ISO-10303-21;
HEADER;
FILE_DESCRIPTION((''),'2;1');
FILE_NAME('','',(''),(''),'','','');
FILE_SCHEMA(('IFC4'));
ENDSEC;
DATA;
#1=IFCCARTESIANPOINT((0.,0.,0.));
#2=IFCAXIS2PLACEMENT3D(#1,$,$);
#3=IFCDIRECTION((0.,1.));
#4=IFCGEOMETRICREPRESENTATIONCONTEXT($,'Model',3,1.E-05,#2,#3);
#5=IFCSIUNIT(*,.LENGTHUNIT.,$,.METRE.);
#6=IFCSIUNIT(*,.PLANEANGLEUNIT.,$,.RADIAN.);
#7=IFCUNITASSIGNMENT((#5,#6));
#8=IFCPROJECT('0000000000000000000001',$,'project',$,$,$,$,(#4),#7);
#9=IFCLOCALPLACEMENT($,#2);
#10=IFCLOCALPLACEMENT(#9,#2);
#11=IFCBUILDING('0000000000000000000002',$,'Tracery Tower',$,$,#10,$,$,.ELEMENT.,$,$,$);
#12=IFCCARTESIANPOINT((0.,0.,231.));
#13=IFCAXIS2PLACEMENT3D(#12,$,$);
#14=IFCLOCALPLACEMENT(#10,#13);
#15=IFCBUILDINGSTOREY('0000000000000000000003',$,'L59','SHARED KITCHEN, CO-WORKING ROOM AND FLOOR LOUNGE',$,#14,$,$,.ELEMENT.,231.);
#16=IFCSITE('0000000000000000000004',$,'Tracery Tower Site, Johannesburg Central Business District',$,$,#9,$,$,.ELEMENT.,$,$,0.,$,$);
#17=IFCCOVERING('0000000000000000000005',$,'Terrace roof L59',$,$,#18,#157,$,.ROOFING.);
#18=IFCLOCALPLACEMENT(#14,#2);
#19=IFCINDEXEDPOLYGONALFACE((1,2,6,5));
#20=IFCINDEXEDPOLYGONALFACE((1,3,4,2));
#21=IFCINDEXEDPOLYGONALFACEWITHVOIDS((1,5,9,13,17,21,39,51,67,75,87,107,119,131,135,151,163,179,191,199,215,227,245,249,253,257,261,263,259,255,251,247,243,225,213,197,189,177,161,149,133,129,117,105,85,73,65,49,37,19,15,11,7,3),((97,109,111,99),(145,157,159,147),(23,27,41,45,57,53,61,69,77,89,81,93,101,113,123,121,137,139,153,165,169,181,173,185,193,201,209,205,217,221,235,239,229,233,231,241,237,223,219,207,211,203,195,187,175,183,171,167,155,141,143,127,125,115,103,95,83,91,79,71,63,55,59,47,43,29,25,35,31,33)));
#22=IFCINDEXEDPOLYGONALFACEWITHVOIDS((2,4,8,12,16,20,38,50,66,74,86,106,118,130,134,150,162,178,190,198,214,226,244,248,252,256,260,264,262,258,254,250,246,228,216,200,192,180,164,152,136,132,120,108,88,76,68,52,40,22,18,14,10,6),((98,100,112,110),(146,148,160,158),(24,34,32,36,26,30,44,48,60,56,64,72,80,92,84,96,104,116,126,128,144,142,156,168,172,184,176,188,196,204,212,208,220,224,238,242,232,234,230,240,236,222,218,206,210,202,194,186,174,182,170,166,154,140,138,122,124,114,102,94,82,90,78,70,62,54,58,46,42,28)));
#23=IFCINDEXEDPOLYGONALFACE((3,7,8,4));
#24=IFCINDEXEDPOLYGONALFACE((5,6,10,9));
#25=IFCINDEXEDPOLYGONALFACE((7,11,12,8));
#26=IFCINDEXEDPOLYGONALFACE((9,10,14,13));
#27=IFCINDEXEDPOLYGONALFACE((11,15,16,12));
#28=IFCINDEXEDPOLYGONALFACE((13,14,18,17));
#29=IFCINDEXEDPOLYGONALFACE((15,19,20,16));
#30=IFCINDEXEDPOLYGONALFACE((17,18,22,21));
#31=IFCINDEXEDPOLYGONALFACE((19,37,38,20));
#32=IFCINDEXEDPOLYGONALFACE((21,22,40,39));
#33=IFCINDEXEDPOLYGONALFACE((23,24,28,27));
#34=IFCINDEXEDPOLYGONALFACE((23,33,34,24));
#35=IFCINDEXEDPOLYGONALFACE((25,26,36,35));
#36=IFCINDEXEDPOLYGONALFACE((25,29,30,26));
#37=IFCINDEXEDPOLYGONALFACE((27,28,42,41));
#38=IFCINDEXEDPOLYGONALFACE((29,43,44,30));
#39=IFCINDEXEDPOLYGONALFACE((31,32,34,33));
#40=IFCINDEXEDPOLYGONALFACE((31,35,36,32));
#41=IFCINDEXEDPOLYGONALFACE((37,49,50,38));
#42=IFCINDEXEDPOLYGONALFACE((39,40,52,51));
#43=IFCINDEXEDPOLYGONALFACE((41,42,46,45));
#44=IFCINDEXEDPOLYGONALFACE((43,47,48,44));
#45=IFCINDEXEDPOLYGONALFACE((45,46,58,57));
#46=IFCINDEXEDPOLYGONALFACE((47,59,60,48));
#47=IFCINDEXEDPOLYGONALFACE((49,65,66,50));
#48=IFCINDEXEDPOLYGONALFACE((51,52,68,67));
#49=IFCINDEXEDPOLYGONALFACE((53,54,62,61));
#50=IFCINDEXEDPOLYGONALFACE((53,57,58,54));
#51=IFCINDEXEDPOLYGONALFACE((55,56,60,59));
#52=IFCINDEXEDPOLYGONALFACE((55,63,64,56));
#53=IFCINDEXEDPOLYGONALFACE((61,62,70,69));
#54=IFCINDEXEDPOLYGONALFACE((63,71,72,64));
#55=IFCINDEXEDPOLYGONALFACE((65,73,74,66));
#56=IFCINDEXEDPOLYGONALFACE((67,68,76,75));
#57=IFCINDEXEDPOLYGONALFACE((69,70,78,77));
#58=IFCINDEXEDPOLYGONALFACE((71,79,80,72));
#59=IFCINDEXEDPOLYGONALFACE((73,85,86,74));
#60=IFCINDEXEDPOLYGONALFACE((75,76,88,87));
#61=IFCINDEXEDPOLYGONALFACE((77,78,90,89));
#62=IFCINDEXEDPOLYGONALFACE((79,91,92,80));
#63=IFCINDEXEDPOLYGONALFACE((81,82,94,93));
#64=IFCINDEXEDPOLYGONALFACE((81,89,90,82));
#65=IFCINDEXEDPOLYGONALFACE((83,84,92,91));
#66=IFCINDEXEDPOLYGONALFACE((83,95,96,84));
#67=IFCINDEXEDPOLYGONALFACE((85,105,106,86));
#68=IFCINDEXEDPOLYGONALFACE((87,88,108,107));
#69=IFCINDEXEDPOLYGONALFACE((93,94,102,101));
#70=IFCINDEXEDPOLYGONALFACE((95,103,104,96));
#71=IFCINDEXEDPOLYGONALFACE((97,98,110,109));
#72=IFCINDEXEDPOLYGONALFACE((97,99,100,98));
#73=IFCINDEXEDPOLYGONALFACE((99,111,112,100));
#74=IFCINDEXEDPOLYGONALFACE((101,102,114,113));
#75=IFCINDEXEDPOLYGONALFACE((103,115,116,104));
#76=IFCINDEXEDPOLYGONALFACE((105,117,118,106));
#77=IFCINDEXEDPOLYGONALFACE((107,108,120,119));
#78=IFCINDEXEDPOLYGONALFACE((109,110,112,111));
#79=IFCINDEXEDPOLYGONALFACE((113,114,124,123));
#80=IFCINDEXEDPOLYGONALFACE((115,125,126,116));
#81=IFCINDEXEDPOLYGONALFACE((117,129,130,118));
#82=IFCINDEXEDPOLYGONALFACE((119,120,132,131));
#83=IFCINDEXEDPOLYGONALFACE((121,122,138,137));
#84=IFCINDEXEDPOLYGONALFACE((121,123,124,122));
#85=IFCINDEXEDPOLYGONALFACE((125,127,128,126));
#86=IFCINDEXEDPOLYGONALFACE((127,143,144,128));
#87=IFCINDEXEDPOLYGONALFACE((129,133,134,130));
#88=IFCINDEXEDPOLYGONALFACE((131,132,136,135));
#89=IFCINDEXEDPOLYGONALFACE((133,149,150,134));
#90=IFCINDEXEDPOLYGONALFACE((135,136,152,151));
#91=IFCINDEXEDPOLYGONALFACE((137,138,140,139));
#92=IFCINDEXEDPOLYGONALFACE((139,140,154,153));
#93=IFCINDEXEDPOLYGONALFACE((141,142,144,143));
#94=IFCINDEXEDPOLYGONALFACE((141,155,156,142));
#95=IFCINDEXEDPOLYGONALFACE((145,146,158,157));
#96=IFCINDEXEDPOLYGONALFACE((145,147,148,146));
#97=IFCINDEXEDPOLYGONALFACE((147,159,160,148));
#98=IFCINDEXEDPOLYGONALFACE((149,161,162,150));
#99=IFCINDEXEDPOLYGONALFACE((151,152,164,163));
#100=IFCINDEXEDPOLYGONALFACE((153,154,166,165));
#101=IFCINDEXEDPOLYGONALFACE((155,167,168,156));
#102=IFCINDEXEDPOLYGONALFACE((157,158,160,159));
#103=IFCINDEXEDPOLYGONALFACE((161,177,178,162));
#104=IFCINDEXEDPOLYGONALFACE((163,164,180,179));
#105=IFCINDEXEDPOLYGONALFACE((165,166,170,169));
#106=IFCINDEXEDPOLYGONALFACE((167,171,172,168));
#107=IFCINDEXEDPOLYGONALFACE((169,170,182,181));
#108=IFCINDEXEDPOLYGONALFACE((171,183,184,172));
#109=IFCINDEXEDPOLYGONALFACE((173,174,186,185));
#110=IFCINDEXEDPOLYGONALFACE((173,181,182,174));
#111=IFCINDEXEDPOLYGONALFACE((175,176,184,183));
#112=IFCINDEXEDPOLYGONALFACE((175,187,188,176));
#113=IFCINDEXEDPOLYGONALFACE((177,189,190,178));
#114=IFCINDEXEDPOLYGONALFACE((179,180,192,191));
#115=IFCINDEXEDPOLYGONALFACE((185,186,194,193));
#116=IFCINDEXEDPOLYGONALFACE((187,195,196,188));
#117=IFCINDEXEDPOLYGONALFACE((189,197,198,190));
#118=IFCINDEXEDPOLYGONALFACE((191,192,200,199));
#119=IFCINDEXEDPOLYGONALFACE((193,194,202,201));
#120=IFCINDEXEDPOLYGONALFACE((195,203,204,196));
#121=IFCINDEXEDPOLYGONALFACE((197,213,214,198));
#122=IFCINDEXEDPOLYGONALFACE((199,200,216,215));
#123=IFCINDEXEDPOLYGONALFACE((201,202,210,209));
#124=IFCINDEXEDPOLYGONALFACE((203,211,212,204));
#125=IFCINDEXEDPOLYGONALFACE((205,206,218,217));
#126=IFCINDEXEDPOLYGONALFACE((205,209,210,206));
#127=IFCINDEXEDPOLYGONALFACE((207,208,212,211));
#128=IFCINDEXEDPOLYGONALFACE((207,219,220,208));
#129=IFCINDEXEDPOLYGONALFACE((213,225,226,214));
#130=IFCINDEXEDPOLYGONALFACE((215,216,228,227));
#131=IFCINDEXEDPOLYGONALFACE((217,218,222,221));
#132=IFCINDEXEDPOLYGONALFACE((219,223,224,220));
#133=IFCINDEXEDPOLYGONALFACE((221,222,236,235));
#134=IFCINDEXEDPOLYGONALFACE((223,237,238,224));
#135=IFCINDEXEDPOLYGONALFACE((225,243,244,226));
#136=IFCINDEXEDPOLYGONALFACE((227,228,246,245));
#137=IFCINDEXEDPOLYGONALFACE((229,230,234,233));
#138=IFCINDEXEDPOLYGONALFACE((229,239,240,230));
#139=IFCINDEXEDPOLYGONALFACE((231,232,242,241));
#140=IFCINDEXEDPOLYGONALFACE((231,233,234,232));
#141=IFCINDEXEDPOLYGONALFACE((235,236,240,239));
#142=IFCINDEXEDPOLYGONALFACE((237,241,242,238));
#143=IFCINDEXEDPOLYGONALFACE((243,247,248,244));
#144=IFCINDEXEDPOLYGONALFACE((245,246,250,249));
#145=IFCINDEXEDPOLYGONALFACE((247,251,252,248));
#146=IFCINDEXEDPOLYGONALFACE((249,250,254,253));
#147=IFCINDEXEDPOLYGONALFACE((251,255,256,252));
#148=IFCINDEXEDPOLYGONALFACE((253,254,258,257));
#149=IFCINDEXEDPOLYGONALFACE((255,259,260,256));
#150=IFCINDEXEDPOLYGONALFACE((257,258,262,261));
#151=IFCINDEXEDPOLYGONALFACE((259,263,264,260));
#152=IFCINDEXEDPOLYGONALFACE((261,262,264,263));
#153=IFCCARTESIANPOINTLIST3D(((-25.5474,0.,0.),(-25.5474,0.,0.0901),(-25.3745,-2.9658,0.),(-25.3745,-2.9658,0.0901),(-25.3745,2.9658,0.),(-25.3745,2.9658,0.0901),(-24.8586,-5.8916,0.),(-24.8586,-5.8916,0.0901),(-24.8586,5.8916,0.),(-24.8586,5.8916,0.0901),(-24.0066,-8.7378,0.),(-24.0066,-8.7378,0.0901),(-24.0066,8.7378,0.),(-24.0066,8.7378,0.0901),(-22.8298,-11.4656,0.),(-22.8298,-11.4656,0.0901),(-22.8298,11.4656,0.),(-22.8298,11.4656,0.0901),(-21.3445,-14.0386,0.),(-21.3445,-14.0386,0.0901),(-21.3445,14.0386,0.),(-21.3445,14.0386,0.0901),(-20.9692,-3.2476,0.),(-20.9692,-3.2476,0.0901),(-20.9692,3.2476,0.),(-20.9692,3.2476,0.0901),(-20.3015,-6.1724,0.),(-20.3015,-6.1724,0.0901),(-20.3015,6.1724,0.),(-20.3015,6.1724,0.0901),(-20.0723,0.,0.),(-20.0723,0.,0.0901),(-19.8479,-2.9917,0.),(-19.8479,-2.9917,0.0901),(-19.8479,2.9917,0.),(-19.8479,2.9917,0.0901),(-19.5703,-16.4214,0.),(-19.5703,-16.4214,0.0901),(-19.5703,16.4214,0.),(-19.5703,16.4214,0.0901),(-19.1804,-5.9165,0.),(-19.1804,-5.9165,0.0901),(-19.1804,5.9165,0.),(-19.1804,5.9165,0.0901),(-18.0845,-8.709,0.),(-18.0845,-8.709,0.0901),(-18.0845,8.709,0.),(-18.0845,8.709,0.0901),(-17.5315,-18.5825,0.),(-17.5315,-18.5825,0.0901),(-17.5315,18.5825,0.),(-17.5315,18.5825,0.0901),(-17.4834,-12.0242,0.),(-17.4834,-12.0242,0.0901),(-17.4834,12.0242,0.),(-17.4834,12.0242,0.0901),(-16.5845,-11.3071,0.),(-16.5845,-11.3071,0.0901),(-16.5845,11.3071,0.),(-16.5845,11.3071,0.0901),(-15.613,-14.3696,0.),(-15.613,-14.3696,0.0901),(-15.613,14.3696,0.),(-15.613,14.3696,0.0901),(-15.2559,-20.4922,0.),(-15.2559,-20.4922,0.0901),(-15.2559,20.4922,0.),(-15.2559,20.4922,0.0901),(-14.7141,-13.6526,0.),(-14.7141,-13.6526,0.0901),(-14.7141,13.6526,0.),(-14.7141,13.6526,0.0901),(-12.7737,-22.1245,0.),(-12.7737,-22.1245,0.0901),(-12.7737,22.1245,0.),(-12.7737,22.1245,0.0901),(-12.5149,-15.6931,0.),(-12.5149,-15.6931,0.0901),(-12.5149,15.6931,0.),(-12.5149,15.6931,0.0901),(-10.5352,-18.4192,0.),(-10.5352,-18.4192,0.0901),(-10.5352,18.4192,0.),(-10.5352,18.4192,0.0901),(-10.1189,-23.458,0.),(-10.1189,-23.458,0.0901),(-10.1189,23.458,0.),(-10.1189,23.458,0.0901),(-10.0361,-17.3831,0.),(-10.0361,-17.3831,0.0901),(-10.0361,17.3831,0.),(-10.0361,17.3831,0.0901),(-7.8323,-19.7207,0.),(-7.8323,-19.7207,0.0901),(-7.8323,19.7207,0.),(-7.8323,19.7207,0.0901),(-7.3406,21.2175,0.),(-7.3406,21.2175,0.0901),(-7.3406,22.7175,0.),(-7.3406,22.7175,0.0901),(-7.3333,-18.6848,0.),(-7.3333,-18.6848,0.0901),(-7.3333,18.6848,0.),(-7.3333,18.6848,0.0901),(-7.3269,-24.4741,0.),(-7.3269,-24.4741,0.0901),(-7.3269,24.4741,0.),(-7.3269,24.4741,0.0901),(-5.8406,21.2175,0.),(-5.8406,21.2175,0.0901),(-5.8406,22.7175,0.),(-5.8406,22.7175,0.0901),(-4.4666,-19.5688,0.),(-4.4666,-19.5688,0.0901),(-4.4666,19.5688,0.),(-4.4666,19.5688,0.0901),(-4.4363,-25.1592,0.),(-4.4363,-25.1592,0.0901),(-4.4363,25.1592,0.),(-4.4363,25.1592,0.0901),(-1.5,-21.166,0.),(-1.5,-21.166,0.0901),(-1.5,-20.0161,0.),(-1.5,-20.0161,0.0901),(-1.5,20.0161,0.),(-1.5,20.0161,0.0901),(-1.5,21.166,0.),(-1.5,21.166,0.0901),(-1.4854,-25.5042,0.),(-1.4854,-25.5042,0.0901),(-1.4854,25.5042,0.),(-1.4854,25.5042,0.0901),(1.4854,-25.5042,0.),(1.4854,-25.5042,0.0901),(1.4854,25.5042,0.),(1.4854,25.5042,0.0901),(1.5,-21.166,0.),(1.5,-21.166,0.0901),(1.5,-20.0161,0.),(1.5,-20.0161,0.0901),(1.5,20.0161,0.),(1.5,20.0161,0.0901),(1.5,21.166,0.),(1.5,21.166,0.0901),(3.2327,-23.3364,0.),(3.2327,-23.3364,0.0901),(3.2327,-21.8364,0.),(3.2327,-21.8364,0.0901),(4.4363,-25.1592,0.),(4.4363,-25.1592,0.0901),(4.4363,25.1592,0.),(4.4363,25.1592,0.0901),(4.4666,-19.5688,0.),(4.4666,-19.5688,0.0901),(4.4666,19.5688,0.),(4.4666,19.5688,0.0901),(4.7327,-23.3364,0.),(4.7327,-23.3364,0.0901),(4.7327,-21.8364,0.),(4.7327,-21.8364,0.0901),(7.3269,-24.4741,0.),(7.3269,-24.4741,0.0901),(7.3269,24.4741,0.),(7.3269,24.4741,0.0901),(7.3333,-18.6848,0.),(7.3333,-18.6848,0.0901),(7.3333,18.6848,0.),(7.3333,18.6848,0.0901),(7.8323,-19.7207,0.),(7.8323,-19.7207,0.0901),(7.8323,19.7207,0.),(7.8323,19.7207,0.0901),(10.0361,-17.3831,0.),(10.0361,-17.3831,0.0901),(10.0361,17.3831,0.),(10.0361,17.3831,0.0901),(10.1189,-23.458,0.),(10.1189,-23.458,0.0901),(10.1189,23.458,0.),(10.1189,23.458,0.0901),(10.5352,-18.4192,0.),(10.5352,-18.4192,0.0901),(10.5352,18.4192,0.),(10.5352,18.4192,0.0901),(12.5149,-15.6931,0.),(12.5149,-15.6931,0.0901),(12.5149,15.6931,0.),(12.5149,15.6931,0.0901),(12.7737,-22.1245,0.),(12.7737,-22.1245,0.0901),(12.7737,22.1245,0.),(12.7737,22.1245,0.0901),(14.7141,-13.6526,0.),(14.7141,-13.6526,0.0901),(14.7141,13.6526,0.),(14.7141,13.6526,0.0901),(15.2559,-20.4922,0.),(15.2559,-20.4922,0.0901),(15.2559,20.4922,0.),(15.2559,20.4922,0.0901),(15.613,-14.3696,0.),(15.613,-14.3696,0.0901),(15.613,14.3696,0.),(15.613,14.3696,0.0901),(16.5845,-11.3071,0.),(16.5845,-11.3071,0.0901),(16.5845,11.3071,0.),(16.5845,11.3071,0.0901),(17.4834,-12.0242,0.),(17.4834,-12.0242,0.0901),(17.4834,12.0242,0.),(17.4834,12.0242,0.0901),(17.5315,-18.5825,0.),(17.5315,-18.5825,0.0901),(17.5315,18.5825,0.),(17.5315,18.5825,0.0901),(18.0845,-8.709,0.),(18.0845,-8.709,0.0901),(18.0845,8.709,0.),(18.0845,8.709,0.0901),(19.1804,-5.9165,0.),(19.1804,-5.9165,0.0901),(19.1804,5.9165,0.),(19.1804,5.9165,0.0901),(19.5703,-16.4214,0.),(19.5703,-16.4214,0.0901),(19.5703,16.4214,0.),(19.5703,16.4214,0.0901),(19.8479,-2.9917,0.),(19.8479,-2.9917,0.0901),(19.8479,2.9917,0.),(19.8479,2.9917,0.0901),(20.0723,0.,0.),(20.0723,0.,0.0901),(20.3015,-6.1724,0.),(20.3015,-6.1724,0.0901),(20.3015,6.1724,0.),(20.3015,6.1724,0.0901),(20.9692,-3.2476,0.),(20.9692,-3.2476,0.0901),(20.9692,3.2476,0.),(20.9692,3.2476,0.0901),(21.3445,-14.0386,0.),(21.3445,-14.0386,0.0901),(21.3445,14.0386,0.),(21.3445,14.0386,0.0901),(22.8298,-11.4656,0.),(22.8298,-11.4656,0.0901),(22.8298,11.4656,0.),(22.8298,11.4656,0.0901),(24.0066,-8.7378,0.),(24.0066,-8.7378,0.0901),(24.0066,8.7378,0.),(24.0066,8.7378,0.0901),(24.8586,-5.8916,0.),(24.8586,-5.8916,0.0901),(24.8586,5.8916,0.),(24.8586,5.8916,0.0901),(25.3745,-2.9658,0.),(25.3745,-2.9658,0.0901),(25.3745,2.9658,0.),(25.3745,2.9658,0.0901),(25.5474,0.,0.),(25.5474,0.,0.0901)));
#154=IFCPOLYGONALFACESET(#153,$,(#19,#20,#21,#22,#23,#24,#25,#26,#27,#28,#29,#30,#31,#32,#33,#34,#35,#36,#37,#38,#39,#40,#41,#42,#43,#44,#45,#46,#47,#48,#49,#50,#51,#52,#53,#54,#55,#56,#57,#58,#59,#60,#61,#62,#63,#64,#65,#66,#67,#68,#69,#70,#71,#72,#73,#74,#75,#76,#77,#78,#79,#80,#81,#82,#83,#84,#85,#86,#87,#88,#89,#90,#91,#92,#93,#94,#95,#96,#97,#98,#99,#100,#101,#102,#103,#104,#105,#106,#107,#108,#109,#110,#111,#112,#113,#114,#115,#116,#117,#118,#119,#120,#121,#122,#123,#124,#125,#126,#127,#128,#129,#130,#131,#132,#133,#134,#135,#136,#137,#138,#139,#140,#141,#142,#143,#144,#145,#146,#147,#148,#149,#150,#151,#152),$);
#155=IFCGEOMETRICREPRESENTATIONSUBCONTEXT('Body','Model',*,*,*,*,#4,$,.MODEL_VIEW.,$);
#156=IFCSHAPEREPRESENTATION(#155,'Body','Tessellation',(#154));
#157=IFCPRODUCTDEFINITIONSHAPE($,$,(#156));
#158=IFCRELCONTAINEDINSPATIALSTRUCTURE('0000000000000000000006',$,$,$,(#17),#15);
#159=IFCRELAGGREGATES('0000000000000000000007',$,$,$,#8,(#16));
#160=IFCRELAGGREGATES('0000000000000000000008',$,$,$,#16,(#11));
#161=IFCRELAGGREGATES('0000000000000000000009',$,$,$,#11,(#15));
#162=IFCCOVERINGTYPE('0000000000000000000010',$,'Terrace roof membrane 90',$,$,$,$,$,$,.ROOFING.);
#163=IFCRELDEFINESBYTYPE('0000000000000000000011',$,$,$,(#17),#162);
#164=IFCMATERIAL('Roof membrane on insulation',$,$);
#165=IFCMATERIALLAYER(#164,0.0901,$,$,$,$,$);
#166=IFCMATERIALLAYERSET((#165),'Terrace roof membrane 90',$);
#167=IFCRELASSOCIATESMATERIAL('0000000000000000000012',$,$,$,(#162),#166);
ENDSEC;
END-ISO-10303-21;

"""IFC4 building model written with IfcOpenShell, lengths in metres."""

from ifc_helpers import new_model, si_unit, direction, frame, origin, place, context, subcontext, project, spatial, polyline, outline, extrude, material, layer, layer_set, type_object, element, save


model = new_model("IFC4")

# Units and contexts
model_context = context("Model", 3, precision=1e-05, world=origin(), true_north=direction((0.0, 1.0)))
body_context = subcontext(model_context, "Body", "Model", "MODEL_VIEW")
ifc_project = project(units=[si_unit("LENGTHUNIT", "METRE"), si_unit("PLANEANGLEUNIT", "RADIAN")], contexts=[model_context])

# Site, building, storey
site_placement = place(None, origin())
site = spatial("IfcSite", under=ifc_project, at=site_placement, Name="Tracery Tower Site, Johannesburg Central Business District", CompositionType="ELEMENT", RefElevation=0.0)
building_placement = place(site_placement, origin())
building = spatial("IfcBuilding", under=site, at=building_placement, Name="Tracery Tower", CompositionType="ELEMENT")
storey_placement = place(building_placement, frame((0.0, 0.0, 231.0)))
storey = spatial("IfcBuildingStorey", under=building, at=storey_placement, Name="L59", Description="SHARED KITCHEN, CO-WORKING ROOM AND FLOOR LOUNGE", CompositionType="ELEMENT", Elevation=231.0)

# Covering
ifc_material_1 = material(Name="Roof membrane on insulation")
ifc_layer_1 = layer(ifc_material_1, 0.0901)
ifc_layer_set_1 = layer_set([ifc_layer_1], Name="Terrace roof membrane 90")
covering_type = type_object("IfcCoveringType", Name="Terrace roof membrane 90", PredefinedType="ROOFING", material=ifc_layer_set_1)
covering_placement = place(storey_placement, origin())
element("IfcCovering", 1, at=covering_placement, inside=storey, type_object=covering_type, Name="Terrace roof L59", PredefinedType="ROOFING", context=body_context, shape_type="SweptSolid", body=[
    extrude(outline(polyline([(25.5474, 0.0), (25.3745, 2.9658), (24.8586, 5.8916), (24.0066, 8.7378), (22.8298, 11.4656), (21.3445, 14.0386), (19.5703, 16.4214), (17.5315, 18.5825), (15.2559, 20.4922), (12.7737, 22.1245), (10.1189, 23.458), (7.3269, 24.4741), (4.4363, 25.1592), (1.4854, 25.5042), (-1.4854, 25.5042), (-4.4363, 25.1592), (-7.3269, 24.4741), (-10.1189, 23.458), (-12.7737, 22.1245), (-15.2559, 20.4922), (-17.5315, 18.5825), (-19.5703, 16.4214), (-21.3445, 14.0386), (-22.8298, 11.4656), (-24.0066, 8.7378), (-24.8586, 5.8916), (-25.3745, 2.9658), (-25.5474, 0.0), (-25.3745, -2.9658), (-24.8586, -5.8916), (-24.0066, -8.7378), (-22.8298, -11.4656), (-21.3445, -14.0386), (-19.5703, -16.4214), (-17.5315, -18.5825), (-15.2559, -20.4922), (-12.7737, -22.1245), (-10.1189, -23.458), (-7.3269, -24.4741), (-4.4363, -25.1592), (-1.4854, -25.5042), (1.4854, -25.5042), (4.4363, -25.1592), (7.3269, -24.4741), (10.1189, -23.458), (12.7737, -22.1245), (15.2559, -20.4922), (17.5315, -18.5825), (19.5703, -16.4214), (21.3445, -14.0386), (22.8298, -11.4656), (24.0066, -8.7378), (24.8586, -5.8916), (25.3745, -2.9658), (25.5474, 0.0)]), holes=[polyline([(-1.5, -20.0161), (-4.4666, -19.5688), (-7.3333, -18.6848), (-7.8323, -19.7207), (-10.5352, -18.4192), (-10.0361, -17.3831), (-12.5149, -15.6931), (-14.7141, -13.6526), (-15.613, -14.3696), (-17.4834, -12.0242), (-16.5845, -11.3071), (-18.0845, -8.709), (-19.1804, -5.9165), (-20.3015, -6.1724), (-20.9692, -3.2476), (-19.8479, -2.9917), (-20.0723, 0.0), (-19.8479, 2.9917), (-20.9692, 3.2476), (-20.3015, 6.1724), (-19.1804, 5.9165), (-18.0845, 8.709), (-16.5845, 11.3071), (-17.4834, 12.0242), (-15.613, 14.3696), (-14.7141, 13.6526), (-12.5149, 15.6931), (-10.0361, 17.3831), (-10.5352, 18.4192), (-7.8323, 19.7207), (-7.3333, 18.6848), (-4.4666, 19.5688), (-1.5, 20.0161), (-1.5, 21.166), (1.5, 21.166), (1.5, 20.0161), (4.4666, 19.5688), (7.3333, 18.6848), (7.8323, 19.7207), (10.5352, 18.4192), (10.0361, 17.3831), (12.5149, 15.6931), (14.7141, 13.6526), (15.613, 14.3696), (17.4834, 12.0242), (16.5845, 11.3071), (18.0845, 8.709), (19.1804, 5.9165), (20.3015, 6.1724), (20.9692, 3.2476), (19.8479, 2.9917), (20.0723, 0.0), (19.8479, -2.9917), (20.9692, -3.2476), (20.3015, -6.1724), (19.1804, -5.9165), (18.0845, -8.709), (16.5845, -11.3071), (17.4834, -12.0242), (15.613, -14.3696), (14.7141, -13.6526), (12.5149, -15.6931), (10.0361, -17.3831), (10.5352, -18.4192), (7.8323, -19.7207), (7.3333, -18.6848), (4.4666, -19.5688), (1.5, -20.0161), (1.5, -21.166), (-1.5, -21.166), (-1.5, -20.0161)]), polyline([(-7.3406, 21.2175), (-7.3406, 22.7175), (-5.8406, 22.7175), (-5.8406, 21.2175), (-7.3406, 21.2175)]), polyline([(3.2327, -23.3364), (3.2327, -21.8364), (4.7327, -21.8364), (4.7327, -23.3364), (3.2327, -23.3364)])]), origin(), (0.0, 0.0, 1.0), 0.0901),
])

save(model, "model.ifc")
